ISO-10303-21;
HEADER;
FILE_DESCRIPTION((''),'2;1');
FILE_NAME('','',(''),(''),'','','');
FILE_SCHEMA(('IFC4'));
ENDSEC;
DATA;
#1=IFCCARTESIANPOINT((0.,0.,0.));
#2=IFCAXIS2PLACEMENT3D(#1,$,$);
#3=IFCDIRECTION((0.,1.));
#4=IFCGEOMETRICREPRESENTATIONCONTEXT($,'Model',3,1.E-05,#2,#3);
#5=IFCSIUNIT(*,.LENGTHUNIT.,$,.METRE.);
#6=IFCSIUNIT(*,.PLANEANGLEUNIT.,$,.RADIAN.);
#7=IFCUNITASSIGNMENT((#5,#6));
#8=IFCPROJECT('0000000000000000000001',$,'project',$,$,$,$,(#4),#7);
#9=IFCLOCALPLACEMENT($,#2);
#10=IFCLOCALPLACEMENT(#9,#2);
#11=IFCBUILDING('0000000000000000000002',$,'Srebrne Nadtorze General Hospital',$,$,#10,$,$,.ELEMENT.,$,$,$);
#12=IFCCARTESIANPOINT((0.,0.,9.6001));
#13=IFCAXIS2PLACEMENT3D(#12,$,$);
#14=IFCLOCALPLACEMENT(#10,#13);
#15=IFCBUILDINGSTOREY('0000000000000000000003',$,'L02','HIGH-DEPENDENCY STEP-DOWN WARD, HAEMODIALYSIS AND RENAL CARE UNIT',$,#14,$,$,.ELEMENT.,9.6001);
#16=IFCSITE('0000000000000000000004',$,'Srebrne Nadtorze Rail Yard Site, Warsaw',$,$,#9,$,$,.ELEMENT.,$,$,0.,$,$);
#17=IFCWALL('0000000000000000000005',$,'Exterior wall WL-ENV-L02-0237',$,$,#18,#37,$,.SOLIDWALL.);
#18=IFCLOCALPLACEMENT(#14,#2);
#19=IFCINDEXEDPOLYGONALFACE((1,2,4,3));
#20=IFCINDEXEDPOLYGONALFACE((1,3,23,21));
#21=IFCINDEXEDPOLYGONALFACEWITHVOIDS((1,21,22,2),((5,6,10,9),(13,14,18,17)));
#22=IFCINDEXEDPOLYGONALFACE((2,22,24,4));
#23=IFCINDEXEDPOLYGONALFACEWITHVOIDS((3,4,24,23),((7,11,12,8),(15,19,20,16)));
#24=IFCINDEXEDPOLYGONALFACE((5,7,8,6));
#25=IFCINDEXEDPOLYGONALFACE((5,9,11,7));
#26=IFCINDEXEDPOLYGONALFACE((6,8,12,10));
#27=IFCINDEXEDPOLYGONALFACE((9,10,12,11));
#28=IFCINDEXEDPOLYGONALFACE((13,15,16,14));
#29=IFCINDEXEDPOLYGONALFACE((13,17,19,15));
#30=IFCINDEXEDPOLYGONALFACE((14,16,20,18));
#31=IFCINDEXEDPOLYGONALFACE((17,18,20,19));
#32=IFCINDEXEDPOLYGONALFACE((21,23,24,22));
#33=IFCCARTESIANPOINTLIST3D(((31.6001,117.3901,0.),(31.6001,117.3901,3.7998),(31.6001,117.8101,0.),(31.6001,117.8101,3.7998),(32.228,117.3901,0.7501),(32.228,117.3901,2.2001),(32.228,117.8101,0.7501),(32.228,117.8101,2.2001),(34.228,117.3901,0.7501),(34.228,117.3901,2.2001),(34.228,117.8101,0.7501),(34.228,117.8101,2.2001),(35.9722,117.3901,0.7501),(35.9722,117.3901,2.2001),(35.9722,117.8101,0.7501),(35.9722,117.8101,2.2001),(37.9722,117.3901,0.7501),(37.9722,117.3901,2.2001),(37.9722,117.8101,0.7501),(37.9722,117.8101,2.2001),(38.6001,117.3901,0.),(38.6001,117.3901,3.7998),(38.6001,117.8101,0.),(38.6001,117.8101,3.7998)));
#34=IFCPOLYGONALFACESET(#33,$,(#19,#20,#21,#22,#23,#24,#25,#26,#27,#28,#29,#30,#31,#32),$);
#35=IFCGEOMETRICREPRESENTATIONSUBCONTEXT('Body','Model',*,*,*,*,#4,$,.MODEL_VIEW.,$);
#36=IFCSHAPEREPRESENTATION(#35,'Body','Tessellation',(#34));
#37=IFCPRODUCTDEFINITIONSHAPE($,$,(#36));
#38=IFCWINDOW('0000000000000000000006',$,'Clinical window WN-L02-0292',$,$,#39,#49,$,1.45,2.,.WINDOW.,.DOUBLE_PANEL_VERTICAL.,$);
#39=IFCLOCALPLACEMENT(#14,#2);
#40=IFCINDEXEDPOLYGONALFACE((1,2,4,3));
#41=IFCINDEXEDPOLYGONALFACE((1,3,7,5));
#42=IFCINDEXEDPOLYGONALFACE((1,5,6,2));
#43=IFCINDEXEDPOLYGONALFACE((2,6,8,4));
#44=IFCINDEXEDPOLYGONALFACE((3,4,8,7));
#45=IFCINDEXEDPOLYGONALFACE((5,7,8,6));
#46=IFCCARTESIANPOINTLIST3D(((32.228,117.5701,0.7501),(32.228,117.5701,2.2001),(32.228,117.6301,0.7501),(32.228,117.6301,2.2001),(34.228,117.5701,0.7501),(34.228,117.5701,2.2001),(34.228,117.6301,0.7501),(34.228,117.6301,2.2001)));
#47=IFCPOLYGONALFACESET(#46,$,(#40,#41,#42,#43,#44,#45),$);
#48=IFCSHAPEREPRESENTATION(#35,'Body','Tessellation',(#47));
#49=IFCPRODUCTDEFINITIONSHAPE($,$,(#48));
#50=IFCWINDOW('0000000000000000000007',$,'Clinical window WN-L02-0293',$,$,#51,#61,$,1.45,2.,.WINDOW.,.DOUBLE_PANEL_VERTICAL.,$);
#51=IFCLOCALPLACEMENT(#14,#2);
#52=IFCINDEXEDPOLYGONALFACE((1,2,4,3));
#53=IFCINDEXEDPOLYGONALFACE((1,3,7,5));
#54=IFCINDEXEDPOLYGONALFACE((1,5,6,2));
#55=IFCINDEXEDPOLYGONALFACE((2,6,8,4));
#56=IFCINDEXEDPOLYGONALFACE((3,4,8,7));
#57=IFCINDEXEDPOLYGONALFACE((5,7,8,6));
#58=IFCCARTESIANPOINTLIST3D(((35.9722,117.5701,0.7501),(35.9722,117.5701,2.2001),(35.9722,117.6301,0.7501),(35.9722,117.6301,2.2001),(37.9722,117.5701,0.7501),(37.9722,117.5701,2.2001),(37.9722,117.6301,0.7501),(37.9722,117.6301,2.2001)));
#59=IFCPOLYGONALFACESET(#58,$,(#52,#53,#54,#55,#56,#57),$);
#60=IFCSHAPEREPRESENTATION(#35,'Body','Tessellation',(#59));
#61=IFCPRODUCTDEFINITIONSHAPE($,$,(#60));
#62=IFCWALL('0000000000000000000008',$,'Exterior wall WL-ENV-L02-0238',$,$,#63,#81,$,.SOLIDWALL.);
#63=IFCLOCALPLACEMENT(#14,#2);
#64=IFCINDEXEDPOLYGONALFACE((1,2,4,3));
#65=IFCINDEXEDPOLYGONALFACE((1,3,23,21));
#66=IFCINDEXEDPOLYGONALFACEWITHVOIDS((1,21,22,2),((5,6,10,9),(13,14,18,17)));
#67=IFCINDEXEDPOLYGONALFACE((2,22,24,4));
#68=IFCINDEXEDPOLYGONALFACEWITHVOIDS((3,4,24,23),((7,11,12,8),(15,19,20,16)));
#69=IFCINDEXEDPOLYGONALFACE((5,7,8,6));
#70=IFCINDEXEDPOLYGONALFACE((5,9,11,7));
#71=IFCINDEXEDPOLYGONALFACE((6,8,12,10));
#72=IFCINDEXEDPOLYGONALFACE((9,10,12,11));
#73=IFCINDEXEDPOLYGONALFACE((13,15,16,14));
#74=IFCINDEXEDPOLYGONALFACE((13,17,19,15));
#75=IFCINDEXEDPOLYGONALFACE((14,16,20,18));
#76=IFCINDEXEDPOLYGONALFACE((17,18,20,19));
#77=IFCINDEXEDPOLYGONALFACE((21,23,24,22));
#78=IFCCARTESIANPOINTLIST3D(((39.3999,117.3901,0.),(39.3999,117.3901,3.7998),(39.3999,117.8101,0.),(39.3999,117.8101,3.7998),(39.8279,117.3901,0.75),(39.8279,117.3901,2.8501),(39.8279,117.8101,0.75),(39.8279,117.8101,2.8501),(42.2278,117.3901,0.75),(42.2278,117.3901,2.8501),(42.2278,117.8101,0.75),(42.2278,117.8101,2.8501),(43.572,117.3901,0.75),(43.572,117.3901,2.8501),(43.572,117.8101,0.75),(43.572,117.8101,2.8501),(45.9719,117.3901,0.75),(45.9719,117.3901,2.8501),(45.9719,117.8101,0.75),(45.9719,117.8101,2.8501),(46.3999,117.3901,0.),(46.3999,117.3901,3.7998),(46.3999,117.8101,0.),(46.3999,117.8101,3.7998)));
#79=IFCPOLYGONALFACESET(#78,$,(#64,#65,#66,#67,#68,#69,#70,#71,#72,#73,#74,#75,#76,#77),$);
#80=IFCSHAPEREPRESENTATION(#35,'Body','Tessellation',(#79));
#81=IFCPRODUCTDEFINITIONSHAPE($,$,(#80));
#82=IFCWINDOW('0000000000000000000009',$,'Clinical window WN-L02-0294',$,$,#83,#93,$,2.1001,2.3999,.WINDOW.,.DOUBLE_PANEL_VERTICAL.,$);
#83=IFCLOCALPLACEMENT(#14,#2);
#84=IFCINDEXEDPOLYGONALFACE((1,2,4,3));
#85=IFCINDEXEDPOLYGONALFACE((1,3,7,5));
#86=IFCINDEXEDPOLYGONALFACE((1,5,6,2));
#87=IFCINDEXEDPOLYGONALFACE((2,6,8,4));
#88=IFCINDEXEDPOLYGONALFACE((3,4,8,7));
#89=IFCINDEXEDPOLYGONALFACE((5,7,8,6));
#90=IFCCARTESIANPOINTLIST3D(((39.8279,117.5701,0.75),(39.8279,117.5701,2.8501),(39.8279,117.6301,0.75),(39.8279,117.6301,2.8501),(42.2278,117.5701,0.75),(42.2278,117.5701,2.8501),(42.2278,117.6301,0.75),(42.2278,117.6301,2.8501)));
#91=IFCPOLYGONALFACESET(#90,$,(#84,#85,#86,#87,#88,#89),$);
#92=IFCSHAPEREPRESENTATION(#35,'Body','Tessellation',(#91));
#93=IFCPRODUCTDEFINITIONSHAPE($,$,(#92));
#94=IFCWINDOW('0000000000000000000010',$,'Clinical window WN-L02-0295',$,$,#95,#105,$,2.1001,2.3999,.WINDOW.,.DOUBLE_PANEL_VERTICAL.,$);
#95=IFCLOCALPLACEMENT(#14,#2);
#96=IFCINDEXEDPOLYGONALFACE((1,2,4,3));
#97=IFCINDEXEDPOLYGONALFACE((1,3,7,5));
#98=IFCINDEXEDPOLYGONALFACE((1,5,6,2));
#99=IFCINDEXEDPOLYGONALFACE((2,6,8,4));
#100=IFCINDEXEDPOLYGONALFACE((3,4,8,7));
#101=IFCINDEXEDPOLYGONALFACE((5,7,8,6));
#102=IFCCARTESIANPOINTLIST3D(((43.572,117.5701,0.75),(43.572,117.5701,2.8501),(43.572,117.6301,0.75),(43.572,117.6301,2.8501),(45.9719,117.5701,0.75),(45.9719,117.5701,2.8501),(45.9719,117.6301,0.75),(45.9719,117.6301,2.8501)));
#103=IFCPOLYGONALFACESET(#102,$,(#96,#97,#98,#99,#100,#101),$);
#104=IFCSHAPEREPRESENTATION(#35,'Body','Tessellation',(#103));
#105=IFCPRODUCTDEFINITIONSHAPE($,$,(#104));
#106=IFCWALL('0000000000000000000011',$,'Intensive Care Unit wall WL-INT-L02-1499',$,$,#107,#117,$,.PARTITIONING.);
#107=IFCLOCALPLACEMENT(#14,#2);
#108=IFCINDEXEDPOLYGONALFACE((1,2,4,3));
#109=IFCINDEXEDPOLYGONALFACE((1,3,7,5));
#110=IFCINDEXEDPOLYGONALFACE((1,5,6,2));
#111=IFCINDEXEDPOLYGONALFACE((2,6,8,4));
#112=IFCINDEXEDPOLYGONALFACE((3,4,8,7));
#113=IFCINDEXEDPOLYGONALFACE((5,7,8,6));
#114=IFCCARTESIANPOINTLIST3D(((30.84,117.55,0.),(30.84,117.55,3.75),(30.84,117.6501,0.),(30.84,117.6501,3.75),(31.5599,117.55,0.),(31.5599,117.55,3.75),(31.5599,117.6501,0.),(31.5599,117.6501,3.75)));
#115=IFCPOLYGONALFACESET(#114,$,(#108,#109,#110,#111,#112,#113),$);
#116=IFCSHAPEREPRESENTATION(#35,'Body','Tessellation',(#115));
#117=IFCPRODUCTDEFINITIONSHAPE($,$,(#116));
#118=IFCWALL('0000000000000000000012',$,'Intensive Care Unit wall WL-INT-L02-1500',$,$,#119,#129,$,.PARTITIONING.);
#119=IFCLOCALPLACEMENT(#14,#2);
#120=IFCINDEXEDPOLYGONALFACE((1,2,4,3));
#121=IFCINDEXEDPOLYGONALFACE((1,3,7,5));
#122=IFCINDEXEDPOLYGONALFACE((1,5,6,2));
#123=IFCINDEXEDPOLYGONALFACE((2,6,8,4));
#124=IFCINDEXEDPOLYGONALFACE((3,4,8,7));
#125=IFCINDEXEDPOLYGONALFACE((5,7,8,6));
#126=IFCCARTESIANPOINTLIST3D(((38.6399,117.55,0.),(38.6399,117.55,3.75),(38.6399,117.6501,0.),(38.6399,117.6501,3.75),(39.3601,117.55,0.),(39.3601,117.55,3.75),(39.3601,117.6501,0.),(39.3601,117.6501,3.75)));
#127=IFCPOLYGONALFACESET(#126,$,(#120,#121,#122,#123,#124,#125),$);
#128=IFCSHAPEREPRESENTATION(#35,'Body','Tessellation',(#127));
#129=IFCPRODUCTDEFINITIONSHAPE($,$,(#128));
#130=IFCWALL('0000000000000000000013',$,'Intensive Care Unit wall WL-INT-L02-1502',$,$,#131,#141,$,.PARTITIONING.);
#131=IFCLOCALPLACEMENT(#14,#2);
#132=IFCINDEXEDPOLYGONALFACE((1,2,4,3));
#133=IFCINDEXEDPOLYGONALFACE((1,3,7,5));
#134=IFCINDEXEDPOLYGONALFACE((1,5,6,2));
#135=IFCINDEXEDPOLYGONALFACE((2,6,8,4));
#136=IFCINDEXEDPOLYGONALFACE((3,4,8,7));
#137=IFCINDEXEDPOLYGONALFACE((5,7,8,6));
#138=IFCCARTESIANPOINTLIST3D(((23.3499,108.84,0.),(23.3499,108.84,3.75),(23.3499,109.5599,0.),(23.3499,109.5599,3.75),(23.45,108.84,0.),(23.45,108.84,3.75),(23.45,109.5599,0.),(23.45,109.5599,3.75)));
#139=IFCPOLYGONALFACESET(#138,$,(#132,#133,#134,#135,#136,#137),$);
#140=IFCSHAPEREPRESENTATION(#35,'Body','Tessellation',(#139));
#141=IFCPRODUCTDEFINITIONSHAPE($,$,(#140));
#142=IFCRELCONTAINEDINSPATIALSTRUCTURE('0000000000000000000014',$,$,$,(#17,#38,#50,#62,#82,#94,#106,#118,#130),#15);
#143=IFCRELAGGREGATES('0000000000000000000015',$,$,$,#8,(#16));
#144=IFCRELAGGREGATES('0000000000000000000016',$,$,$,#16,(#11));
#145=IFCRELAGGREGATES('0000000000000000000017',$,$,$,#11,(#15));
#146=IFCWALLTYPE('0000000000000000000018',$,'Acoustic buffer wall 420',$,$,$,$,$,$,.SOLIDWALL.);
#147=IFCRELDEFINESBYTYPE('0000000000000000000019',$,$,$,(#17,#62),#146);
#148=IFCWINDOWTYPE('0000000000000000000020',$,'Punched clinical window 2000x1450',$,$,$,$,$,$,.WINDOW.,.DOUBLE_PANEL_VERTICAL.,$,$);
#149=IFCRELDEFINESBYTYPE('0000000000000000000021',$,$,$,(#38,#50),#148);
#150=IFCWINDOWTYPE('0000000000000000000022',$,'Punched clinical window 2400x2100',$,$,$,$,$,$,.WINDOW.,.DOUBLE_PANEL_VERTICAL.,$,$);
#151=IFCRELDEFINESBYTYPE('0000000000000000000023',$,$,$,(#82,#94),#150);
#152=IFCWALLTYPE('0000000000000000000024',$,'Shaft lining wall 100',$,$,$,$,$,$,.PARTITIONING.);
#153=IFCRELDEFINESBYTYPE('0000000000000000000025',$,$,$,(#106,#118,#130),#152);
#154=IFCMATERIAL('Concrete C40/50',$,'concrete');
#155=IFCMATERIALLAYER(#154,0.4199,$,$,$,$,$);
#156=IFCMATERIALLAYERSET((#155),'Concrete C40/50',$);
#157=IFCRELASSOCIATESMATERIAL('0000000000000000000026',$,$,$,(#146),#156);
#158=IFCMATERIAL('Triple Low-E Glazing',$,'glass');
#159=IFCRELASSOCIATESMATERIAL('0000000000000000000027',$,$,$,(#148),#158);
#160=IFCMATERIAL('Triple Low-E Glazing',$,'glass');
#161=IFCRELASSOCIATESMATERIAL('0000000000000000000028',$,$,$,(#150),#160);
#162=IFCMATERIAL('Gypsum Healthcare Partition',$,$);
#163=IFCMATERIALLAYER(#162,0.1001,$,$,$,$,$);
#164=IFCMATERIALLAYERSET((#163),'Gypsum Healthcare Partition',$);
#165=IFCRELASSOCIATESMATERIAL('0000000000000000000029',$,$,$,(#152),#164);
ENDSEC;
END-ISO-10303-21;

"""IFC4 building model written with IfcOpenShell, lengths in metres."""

from ifc_helpers import new_model, si_unit, direction, frame, frame_2d, origin, place, context, subcontext, project, spatial, rectangle, extrude, material, layer, layer_set, type_object, element, fill, save


model = new_model("IFC4")

# Units and contexts
model_context = context("Model", 3, precision=1e-05, world=origin(), true_north=direction((0.0, 1.0)))
body_context = subcontext(model_context, "Body", "Model", "MODEL_VIEW")
ifc_project = project(units=[si_unit("LENGTHUNIT", "METRE"), si_unit("PLANEANGLEUNIT", "RADIAN")], contexts=[model_context])

# Site, building, storey
site_placement = place(None, origin())
site = spatial("IfcSite", under=ifc_project, at=site_placement, Name="Srebrne Nadtorze Rail Yard Site, Warsaw", CompositionType="ELEMENT", RefElevation=0.0)
building_placement = place(site_placement, origin())
building = spatial("IfcBuilding", under=site, at=building_placement, Name="Srebrne Nadtorze General Hospital", CompositionType="ELEMENT")
storey_placement = place(building_placement, frame((0.0, 0.0, 9.6001)))
storey = spatial("IfcBuildingStorey", under=building, at=storey_placement, Name="L02", Description="HIGH-DEPENDENCY STEP-DOWN WARD, HAEMODIALYSIS AND RENAL CARE UNIT", CompositionType="ELEMENT", Elevation=9.6001)

# Walls, openings, windows
ifc_material_1 = material(Name="Concrete C40/50", Category="concrete")
ifc_layer_1 = layer(ifc_material_1, 0.4199)
ifc_layer_set_1 = layer_set([ifc_layer_1], Name="Concrete C40/50")
wall_type_1 = type_object("IfcWallType", Name="Acoustic buffer wall 420", PredefinedType="SOLIDWALL", material=ifc_layer_set_1)
wall_1_placement = place(storey_placement, frame((31.6001, 117.6001, 0.0), z_axis=(0.0, 0.0, 1.0), x_axis=(1.0, 0.0, 0.0)))
wall_1 = element("IfcWall", 1, at=wall_1_placement, inside=storey, type_object=wall_type_1, Name="Exterior wall WL-ENV-L02-0237", PredefinedType="SOLIDWALL", context=body_context, shape_type="SweptSolid", body=[
    extrude(rectangle(XDim=7.0, YDim=0.4199, at=frame_2d((3.5, 0.0))), origin(), (0.0, 0.0, 1.0), 3.7998),
])
opening_1_placement = place(wall_1_placement, frame((0.6279, 0.0, 0.75)))
opening_1 = element("IfcOpeningElement", 2, at=opening_1_placement, cuts=wall_1, PredefinedType="OPENING", context=body_context, shape_type="SweptSolid", body=[
    extrude(rectangle(XDim=2.0, YDim=1.45, at=frame_2d((1.0, 0.7251))), frame((0.0, 0.2219, 0.0), z_axis=(0.0, -1.0, 0.0), x_axis=(1.0, 0.0, 0.0)), (0.0, 0.0, 1.0), 0.4438),
])
opening_2_placement = place(wall_1_placement, frame((4.3721, 0.0, 0.75)))
opening_2 = element("IfcOpeningElement", 3, at=opening_2_placement, cuts=wall_1, PredefinedType="OPENING", context=body_context, shape_type="SweptSolid", body=[
    extrude(rectangle(XDim=2.0, YDim=1.45, at=frame_2d((1.0, 0.7251))), frame((0.0, 0.2219, 0.0), z_axis=(0.0, -1.0, 0.0), x_axis=(1.0, 0.0, 0.0)), (0.0, 0.0, 1.0), 0.4438),
])
ifc_material_2 = material(Name="Triple Low-E Glazing", Category="glass")
window_type_1 = type_object("IfcWindowType", Name="Punched clinical window 2000x1450", PartitioningType="DOUBLE_PANEL_VERTICAL", PredefinedType="WINDOW", material=ifc_material_2)
window_1_placement = place(opening_1_placement, origin())
window_1 = element("IfcWindow", 4, at=window_1_placement, inside=storey, type_object=window_type_1, Name="Clinical window WN-L02-0292", OverallHeight=1.45, OverallWidth=2.0, PartitioningType="DOUBLE_PANEL_VERTICAL", PredefinedType="WINDOW", context=body_context, shape_type="SweptSolid", body=[
    extrude(rectangle(XDim=2.0, YDim=1.45, at=frame_2d((1.0, 0.7251))), frame((0.0, 0.03, 0.0), z_axis=(0.0, -1.0, 0.0), x_axis=(1.0, 0.0, 0.0)), (0.0, 0.0, 1.0), 0.0601),
])
fill(opening_1, window_1)
window_2_placement = place(opening_2_placement, origin())
window_2 = element("IfcWindow", 5, at=window_2_placement, inside=storey, type_object=window_type_1, Name="Clinical window WN-L02-0293", OverallHeight=1.45, OverallWidth=2.0, PartitioningType="DOUBLE_PANEL_VERTICAL", PredefinedType="WINDOW", context=body_context, shape_type="SweptSolid", body=[
    extrude(rectangle(XDim=2.0, YDim=1.45, at=frame_2d((1.0, 0.7251))), frame((0.0, 0.03, 0.0), z_axis=(0.0, -1.0, 0.0), x_axis=(1.0, 0.0, 0.0)), (0.0, 0.0, 1.0), 0.0601),
])
fill(opening_2, window_2)
wall_2_placement = place(storey_placement, frame((39.3999, 117.6001, 0.0), z_axis=(0.0, 0.0, 1.0), x_axis=(1.0, 0.0, 0.0)))
wall_2 = element("IfcWall", 6, at=wall_2_placement, inside=storey, type_object=wall_type_1, Name="Exterior wall WL-ENV-L02-0238", PredefinedType="SOLIDWALL", context=body_context, shape_type="SweptSolid", body=[
    extrude(rectangle(XDim=7.0, YDim=0.4199, at=frame_2d((3.5, 0.0))), origin(), (0.0, 0.0, 1.0), 3.7998),
])
opening_3_placement = place(wall_2_placement, frame((0.428, 0.0, 0.75)))
opening_3 = element("IfcOpeningElement", 7, at=opening_3_placement, cuts=wall_2, PredefinedType="OPENING", context=body_context, shape_type="SweptSolid", body=[
    extrude(rectangle(XDim=2.3999, YDim=2.1001, at=frame_2d((1.2, 1.05))), frame((0.0, 0.2219, 0.0), z_axis=(0.0, -1.0, 0.0), x_axis=(1.0, 0.0, 0.0)), (0.0, 0.0, 1.0), 0.4438),
])
opening_4_placement = place(wall_2_placement, frame((4.1721, 0.0, 0.75)))
opening_4 = element("IfcOpeningElement", 8, at=opening_4_placement, cuts=wall_2, PredefinedType="OPENING", context=body_context, shape_type="SweptSolid", body=[
    extrude(rectangle(XDim=2.3999, YDim=2.1001, at=frame_2d((1.2, 1.05))), frame((0.0, 0.2219, 0.0), z_axis=(0.0, -1.0, 0.0), x_axis=(1.0, 0.0, 0.0)), (0.0, 0.0, 1.0), 0.4438),
])
ifc_material_3 = material(Name="Triple Low-E Glazing", Category="glass")
window_type_2 = type_object("IfcWindowType", Name="Punched clinical window 2400x2100", PartitioningType="DOUBLE_PANEL_VERTICAL", PredefinedType="WINDOW", material=ifc_material_3)
window_3_placement = place(opening_3_placement, origin())
window_3 = element("IfcWindow", 9, at=window_3_placement, inside=storey, type_object=window_type_2, Name="Clinical window WN-L02-0294", OverallHeight=2.1001, OverallWidth=2.3999, PartitioningType="DOUBLE_PANEL_VERTICAL", PredefinedType="WINDOW", context=body_context, shape_type="SweptSolid", body=[
    extrude(rectangle(XDim=2.3999, YDim=2.1001, at=frame_2d((1.2, 1.05))), frame((0.0, 0.03, 0.0), z_axis=(0.0, -1.0, 0.0), x_axis=(1.0, 0.0, 0.0)), (0.0, 0.0, 1.0), 0.0601),
])
fill(opening_3, window_3)
window_4_placement = place(opening_4_placement, origin())
window_4 = element("IfcWindow", 10, at=window_4_placement, inside=storey, type_object=window_type_2, Name="Clinical window WN-L02-0295", OverallHeight=2.1001, OverallWidth=2.3999, PartitioningType="DOUBLE_PANEL_VERTICAL", PredefinedType="WINDOW", context=body_context, shape_type="SweptSolid", body=[
    extrude(rectangle(XDim=2.3999, YDim=2.1001, at=frame_2d((1.2, 1.05))), frame((0.0, 0.03, 0.0), z_axis=(0.0, -1.0, 0.0), x_axis=(1.0, 0.0, 0.0)), (0.0, 0.0, 1.0), 0.0601),
])
fill(opening_4, window_4)

# Walls
ifc_material_4 = material(Name="Gypsum Healthcare Partition")
ifc_layer_2 = layer(ifc_material_4, 0.1001)
ifc_layer_set_2 = layer_set([ifc_layer_2], Name="Gypsum Healthcare Partition")
wall_type_2 = type_object("IfcWallType", Name="Shaft lining wall 100", PredefinedType="PARTITIONING", material=ifc_layer_set_2)
wall_3_placement = place(storey_placement, frame((30.8401, 117.6001, 0.0), z_axis=(0.0, 0.0, 1.0), x_axis=(1.0, 0.0, 0.0)))
element("IfcWall", 11, at=wall_3_placement, inside=storey, type_object=wall_type_2, Name="Intensive Care Unit wall WL-INT-L02-1499", PredefinedType="PARTITIONING", context=body_context, shape_type="SweptSolid", body=[
    extrude(rectangle(XDim=0.72, YDim=0.1001, at=frame_2d((0.3599, 0.0))), origin(), (0.0, 0.0, 1.0), 3.75),
])
wall_4_placement = place(storey_placement, frame((38.6399, 117.6001, 0.0), z_axis=(0.0, 0.0, 1.0), x_axis=(1.0, 0.0, 0.0)))
element("IfcWall", 12, at=wall_4_placement, inside=storey, type_object=wall_type_2, Name="Intensive Care Unit wall WL-INT-L02-1500", PredefinedType="PARTITIONING", context=body_context, shape_type="SweptSolid", body=[
    extrude(rectangle(XDim=0.7202, YDim=0.1001, at=frame_2d((0.3601, 0.0))), origin(), (0.0, 0.0, 1.0), 3.75),
])
wall_5_placement = place(storey_placement, frame((23.3999, 108.8401, 0.0), z_axis=(0.0, 0.0, 1.0), x_axis=(0.0, 1.0, 0.0)))
element("IfcWall", 13, at=wall_5_placement, inside=storey, type_object=wall_type_2, Name="Intensive Care Unit wall WL-INT-L02-1502", PredefinedType="PARTITIONING", context=body_context, shape_type="SweptSolid", body=[
    extrude(rectangle(XDim=0.72, YDim=0.1001, at=frame_2d((0.3599, 0.0))), origin(), (0.0, 0.0, 1.0), 3.75),
])

save(model, "model.ifc")
